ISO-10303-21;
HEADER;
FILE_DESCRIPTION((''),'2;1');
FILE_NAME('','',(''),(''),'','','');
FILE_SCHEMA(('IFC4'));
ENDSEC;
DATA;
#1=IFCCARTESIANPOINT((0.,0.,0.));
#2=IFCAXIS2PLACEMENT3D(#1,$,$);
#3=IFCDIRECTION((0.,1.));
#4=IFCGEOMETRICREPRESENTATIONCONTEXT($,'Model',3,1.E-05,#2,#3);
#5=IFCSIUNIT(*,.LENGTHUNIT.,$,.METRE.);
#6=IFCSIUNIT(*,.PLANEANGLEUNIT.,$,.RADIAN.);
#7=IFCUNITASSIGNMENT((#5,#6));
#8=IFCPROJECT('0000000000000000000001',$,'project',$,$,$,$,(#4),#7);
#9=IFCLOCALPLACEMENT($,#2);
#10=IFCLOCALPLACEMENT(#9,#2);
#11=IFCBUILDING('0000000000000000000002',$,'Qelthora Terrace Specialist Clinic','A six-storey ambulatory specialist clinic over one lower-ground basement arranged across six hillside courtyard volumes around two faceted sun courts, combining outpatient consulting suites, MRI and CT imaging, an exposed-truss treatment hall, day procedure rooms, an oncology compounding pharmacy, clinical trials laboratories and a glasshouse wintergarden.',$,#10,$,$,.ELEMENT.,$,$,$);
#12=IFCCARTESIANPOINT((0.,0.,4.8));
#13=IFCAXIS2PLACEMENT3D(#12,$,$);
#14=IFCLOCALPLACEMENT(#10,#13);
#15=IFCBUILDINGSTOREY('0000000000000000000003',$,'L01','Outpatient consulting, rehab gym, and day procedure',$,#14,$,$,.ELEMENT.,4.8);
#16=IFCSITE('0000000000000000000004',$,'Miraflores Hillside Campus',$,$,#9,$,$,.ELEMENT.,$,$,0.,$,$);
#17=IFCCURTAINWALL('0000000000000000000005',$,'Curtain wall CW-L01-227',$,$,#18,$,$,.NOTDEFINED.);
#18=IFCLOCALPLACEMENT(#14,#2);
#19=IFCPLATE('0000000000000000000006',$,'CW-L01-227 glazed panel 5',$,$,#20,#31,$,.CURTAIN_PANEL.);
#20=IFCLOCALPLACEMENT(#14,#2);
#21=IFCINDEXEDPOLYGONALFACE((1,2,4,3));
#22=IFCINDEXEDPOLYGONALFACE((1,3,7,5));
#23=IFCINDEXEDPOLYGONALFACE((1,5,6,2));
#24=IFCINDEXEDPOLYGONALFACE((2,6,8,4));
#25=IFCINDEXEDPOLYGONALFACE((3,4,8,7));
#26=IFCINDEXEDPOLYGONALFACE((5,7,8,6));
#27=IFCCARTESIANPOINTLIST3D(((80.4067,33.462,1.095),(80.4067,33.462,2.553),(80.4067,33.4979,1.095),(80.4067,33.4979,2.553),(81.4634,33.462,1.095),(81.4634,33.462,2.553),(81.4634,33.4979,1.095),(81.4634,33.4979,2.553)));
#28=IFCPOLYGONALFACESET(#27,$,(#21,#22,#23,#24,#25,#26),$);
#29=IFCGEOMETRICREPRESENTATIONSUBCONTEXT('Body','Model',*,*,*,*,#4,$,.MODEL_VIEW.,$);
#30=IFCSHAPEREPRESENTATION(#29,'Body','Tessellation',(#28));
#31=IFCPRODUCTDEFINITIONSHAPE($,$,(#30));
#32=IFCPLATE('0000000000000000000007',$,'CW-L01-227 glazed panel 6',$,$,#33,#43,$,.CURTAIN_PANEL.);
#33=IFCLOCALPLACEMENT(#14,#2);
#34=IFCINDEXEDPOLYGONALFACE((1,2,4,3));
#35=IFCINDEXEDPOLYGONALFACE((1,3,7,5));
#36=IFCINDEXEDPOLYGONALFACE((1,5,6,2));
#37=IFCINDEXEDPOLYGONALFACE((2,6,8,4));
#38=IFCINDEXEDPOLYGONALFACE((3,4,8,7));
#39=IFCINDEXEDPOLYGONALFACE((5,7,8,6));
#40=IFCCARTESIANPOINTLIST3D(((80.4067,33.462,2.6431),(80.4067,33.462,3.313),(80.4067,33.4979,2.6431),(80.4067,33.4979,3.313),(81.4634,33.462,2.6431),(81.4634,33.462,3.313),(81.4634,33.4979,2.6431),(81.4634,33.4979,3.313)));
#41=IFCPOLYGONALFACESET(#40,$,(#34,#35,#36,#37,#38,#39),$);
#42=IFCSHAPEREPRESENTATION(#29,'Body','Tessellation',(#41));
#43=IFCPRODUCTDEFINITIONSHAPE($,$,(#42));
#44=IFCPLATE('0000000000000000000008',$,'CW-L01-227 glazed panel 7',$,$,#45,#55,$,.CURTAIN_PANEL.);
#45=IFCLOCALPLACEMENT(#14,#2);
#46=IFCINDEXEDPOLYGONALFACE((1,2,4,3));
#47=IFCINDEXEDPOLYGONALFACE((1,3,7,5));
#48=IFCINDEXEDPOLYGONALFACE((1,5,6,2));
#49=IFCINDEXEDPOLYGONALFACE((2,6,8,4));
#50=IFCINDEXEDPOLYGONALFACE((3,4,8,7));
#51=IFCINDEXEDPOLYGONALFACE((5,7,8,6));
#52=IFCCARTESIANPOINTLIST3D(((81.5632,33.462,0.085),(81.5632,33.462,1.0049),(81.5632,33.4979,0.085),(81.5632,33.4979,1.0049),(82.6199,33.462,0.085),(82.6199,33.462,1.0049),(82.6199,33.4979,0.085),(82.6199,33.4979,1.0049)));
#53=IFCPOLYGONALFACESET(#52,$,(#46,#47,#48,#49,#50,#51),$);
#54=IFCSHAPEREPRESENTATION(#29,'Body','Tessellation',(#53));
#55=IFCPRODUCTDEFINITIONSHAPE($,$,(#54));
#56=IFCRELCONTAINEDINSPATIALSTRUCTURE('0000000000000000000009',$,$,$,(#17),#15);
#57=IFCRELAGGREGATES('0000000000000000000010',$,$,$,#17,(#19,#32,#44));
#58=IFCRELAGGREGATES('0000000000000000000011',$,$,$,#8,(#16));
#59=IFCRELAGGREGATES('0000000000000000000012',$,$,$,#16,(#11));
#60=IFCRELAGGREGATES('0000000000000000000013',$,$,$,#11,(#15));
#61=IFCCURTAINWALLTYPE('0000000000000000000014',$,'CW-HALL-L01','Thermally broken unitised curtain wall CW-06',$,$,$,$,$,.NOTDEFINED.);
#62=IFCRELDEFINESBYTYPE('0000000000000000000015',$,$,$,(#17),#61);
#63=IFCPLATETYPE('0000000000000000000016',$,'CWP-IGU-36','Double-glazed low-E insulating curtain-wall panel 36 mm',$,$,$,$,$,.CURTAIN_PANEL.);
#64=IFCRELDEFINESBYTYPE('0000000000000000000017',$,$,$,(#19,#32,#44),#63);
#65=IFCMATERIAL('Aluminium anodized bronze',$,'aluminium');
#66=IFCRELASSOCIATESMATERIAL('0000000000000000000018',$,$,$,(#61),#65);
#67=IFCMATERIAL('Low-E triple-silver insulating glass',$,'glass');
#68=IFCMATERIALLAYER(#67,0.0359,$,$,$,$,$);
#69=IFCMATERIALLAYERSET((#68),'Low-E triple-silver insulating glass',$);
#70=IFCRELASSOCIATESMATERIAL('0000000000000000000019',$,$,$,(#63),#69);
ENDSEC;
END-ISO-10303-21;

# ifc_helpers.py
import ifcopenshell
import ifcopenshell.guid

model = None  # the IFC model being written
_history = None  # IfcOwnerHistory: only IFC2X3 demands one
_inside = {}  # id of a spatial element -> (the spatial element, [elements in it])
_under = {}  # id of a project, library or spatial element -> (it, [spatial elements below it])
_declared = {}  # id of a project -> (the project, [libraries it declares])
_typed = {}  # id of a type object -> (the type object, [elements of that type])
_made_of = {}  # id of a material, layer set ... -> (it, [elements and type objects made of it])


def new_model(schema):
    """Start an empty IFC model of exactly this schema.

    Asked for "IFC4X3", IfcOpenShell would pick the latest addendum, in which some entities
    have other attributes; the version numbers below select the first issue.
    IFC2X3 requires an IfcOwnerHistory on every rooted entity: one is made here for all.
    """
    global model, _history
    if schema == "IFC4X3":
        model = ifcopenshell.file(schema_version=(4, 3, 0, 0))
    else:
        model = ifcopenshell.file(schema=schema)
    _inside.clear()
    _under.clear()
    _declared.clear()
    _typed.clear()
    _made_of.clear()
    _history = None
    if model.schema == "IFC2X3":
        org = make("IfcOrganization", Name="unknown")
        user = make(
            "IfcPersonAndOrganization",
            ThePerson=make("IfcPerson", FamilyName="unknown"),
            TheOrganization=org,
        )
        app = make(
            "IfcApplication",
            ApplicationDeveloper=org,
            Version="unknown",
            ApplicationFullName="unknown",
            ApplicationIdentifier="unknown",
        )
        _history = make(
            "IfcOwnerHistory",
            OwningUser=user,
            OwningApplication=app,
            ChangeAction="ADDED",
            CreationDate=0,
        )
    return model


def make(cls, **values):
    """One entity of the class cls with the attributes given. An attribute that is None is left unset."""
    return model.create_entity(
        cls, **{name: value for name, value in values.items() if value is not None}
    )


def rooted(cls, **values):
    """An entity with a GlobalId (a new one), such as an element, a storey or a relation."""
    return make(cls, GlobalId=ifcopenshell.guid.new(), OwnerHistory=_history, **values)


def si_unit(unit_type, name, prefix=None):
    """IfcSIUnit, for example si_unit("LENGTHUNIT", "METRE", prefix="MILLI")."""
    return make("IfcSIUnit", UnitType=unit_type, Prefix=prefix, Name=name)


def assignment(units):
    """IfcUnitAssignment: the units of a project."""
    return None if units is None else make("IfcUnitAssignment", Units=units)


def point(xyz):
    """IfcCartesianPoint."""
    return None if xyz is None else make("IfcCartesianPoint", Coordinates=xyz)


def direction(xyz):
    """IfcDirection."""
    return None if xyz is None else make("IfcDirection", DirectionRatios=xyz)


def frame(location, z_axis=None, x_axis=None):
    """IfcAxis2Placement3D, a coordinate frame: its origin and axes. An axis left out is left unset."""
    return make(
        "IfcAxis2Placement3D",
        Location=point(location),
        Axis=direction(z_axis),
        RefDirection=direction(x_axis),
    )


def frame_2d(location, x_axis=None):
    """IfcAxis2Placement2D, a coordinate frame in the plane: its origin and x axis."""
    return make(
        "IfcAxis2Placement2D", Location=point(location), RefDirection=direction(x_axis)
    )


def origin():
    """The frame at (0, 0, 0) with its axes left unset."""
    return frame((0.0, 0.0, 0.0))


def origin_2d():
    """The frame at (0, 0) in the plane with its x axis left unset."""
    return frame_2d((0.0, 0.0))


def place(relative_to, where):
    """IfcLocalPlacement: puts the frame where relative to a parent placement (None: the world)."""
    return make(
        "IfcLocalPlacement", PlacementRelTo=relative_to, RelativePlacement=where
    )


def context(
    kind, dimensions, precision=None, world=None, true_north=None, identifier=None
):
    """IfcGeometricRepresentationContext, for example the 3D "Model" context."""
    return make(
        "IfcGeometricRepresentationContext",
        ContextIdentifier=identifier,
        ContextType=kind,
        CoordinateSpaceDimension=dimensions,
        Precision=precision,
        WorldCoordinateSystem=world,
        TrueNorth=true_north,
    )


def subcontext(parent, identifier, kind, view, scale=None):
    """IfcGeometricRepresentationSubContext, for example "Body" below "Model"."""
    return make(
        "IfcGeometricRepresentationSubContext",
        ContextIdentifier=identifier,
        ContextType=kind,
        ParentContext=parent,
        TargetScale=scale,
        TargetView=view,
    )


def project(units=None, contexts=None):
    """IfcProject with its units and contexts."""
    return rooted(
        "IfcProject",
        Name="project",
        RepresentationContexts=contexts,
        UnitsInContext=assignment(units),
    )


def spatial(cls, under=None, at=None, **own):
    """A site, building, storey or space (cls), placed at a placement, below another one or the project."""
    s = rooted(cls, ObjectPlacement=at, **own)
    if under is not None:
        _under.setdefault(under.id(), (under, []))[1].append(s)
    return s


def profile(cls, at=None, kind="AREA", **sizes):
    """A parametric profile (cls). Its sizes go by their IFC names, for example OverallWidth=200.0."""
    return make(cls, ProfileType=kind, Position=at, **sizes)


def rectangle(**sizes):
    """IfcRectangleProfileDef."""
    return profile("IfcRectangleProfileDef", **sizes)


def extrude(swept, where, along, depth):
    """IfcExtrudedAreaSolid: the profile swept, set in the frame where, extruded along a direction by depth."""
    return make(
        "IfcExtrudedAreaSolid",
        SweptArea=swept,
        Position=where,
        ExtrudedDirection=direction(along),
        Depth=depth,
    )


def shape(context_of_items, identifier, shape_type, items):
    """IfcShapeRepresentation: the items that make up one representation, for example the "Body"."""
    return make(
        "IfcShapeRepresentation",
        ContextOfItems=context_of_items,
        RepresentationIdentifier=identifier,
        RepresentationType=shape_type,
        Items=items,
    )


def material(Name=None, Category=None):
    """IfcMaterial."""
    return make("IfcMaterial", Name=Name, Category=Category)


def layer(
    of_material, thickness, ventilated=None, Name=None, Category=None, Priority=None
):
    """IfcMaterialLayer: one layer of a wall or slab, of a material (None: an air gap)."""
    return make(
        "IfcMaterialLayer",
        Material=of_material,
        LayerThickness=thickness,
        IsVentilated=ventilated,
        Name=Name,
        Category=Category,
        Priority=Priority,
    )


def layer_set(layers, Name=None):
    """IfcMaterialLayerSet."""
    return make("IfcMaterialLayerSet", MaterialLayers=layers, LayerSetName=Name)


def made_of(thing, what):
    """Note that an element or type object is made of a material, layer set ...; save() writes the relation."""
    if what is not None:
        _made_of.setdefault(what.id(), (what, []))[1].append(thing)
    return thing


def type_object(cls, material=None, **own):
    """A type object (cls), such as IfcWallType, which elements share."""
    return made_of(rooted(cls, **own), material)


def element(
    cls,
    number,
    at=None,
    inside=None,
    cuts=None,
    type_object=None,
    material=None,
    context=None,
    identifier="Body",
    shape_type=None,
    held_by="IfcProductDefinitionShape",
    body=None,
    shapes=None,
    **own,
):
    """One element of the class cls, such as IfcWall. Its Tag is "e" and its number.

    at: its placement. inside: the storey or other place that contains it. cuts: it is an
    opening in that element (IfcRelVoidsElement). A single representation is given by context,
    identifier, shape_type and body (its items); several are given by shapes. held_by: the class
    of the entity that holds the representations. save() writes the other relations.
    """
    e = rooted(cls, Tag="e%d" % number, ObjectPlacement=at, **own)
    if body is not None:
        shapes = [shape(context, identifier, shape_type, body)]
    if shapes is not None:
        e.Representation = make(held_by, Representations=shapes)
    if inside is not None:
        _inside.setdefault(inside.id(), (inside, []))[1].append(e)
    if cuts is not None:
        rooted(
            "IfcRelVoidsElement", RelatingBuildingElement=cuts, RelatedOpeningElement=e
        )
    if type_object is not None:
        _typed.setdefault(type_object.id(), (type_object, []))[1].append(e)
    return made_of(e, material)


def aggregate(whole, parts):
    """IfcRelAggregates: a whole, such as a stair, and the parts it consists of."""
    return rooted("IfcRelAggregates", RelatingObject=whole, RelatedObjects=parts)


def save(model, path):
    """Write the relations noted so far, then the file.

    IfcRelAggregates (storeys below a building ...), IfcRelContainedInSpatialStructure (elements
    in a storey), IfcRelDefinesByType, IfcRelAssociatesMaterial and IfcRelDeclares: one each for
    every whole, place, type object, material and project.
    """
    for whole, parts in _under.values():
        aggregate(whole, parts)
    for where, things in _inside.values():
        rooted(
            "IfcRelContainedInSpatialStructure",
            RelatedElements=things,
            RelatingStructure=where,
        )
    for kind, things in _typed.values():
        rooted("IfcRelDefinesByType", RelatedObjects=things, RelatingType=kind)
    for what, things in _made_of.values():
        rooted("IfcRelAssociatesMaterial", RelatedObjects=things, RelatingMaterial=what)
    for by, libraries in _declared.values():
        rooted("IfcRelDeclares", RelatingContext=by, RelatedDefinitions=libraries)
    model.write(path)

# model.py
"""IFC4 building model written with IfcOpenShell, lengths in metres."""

from ifc_helpers import new_model, si_unit, direction, frame, origin, origin_2d, place, context, subcontext, project, spatial, rectangle, extrude, material, layer, layer_set, type_object, element, aggregate, save


model = new_model("IFC4")

# Units and contexts
model_context = context("Model", 3, precision=1e-05, world=origin(), true_north=direction((0.0, 1.0)))
body_context = subcontext(model_context, "Body", "Model", "MODEL_VIEW")
ifc_project = project(units=[si_unit("LENGTHUNIT", "METRE"), si_unit("PLANEANGLEUNIT", "RADIAN")], contexts=[model_context])

# Site, building, storey
site_placement = place(None, origin())
site = spatial("IfcSite", under=ifc_project, at=site_placement, Name="Miraflores Hillside Campus", CompositionType="ELEMENT", RefElevation=0.0)
building_placement = place(site_placement, origin())
building = spatial("IfcBuilding", under=site, at=building_placement, Name="Qelthora Terrace Specialist Clinic", Description="A six-storey ambulatory specialist clinic over one lower-ground basement arranged across six hillside courtyard volumes around two faceted sun courts, combining outpatient consulting suites, MRI and CT imaging, an exposed-truss treatment hall, day procedure rooms, an oncology compounding pharmacy, clinical trials laboratories and a glasshouse wintergarden.", CompositionType="ELEMENT")
storey_placement = place(building_placement, frame((0.0, 0.0, 4.8)))
storey = spatial("IfcBuildingStorey", under=building, at=storey_placement, Name="L01", Description="Outpatient consulting, rehab gym, and day procedure", CompositionType="ELEMENT", Elevation=4.8)

# Curtain wall
ifc_material_1 = material(Name="Aluminium anodized bronze", Category="aluminium")
curtain_wall_type = type_object("IfcCurtainWallType", Name="CW-HALL-L01", Description="Thermally broken unitised curtain wall CW-06", PredefinedType="NOTDEFINED", material=ifc_material_1)
curtain_wall_1_placement = place(storey_placement, origin())
curtain_wall_1 = element("IfcCurtainWall", 1, at=curtain_wall_1_placement, inside=storey, type_object=curtain_wall_type, Name="Curtain wall CW-L01-227", PredefinedType="NOTDEFINED")

# Plates
ifc_material_2 = material(Name="Low-E triple-silver insulating glass", Category="glass")
ifc_layer = layer(ifc_material_2, 0.0359)
ifc_layer_set = layer_set([ifc_layer], Name="Low-E triple-silver insulating glass")
plate_type = type_object("IfcPlateType", Name="CWP-IGU-36", Description="Double-glazed low-E insulating curtain-wall panel 36 mm", PredefinedType="CURTAIN_PANEL", material=ifc_layer_set)
plate_1_placement = place(storey_placement, frame((80.9351, 33.48, 1.095), z_axis=(0.0, 0.0, 1.0), x_axis=(1.0, 0.0, 0.0)))
plate_1 = element("IfcPlate", 2, at=plate_1_placement, type_object=plate_type, Name="CW-L01-227 glazed panel 5", PredefinedType="CURTAIN_PANEL", context=body_context, shape_type="SweptSolid", body=[
    extrude(rectangle(XDim=1.0566, YDim=0.0359, at=origin_2d()), origin(), (0.0, 0.0, 1.0), 1.458),
])
plate_2_placement = place(storey_placement, frame((80.9351, 33.48, 2.6431), z_axis=(0.0, 0.0, 1.0), x_axis=(1.0, 0.0, 0.0)))
plate_2 = element("IfcPlate", 3, at=plate_2_placement, type_object=plate_type, Name="CW-L01-227 glazed panel 6", PredefinedType="CURTAIN_PANEL", context=body_context, shape_type="SweptSolid", body=[
    extrude(rectangle(XDim=1.0566, YDim=0.0359, at=origin_2d()), origin(), (0.0, 0.0, 1.0), 0.6699),
])
plate_3_placement = place(storey_placement, frame((82.0916, 33.48, 0.085), z_axis=(0.0, 0.0, 1.0), x_axis=(1.0, 0.0, 0.0)))
plate_3 = element("IfcPlate", 4, at=plate_3_placement, type_object=plate_type, Name="CW-L01-227 glazed panel 7", PredefinedType="CURTAIN_PANEL", context=body_context, shape_type="SweptSolid", body=[
    extrude(rectangle(XDim=1.0566, YDim=0.0359, at=origin_2d()), origin(), (0.0, 0.0, 1.0), 0.9199),
])
aggregate(curtain_wall_1, [plate_1, plate_2, plate_3])

save(model, "model.ifc")
